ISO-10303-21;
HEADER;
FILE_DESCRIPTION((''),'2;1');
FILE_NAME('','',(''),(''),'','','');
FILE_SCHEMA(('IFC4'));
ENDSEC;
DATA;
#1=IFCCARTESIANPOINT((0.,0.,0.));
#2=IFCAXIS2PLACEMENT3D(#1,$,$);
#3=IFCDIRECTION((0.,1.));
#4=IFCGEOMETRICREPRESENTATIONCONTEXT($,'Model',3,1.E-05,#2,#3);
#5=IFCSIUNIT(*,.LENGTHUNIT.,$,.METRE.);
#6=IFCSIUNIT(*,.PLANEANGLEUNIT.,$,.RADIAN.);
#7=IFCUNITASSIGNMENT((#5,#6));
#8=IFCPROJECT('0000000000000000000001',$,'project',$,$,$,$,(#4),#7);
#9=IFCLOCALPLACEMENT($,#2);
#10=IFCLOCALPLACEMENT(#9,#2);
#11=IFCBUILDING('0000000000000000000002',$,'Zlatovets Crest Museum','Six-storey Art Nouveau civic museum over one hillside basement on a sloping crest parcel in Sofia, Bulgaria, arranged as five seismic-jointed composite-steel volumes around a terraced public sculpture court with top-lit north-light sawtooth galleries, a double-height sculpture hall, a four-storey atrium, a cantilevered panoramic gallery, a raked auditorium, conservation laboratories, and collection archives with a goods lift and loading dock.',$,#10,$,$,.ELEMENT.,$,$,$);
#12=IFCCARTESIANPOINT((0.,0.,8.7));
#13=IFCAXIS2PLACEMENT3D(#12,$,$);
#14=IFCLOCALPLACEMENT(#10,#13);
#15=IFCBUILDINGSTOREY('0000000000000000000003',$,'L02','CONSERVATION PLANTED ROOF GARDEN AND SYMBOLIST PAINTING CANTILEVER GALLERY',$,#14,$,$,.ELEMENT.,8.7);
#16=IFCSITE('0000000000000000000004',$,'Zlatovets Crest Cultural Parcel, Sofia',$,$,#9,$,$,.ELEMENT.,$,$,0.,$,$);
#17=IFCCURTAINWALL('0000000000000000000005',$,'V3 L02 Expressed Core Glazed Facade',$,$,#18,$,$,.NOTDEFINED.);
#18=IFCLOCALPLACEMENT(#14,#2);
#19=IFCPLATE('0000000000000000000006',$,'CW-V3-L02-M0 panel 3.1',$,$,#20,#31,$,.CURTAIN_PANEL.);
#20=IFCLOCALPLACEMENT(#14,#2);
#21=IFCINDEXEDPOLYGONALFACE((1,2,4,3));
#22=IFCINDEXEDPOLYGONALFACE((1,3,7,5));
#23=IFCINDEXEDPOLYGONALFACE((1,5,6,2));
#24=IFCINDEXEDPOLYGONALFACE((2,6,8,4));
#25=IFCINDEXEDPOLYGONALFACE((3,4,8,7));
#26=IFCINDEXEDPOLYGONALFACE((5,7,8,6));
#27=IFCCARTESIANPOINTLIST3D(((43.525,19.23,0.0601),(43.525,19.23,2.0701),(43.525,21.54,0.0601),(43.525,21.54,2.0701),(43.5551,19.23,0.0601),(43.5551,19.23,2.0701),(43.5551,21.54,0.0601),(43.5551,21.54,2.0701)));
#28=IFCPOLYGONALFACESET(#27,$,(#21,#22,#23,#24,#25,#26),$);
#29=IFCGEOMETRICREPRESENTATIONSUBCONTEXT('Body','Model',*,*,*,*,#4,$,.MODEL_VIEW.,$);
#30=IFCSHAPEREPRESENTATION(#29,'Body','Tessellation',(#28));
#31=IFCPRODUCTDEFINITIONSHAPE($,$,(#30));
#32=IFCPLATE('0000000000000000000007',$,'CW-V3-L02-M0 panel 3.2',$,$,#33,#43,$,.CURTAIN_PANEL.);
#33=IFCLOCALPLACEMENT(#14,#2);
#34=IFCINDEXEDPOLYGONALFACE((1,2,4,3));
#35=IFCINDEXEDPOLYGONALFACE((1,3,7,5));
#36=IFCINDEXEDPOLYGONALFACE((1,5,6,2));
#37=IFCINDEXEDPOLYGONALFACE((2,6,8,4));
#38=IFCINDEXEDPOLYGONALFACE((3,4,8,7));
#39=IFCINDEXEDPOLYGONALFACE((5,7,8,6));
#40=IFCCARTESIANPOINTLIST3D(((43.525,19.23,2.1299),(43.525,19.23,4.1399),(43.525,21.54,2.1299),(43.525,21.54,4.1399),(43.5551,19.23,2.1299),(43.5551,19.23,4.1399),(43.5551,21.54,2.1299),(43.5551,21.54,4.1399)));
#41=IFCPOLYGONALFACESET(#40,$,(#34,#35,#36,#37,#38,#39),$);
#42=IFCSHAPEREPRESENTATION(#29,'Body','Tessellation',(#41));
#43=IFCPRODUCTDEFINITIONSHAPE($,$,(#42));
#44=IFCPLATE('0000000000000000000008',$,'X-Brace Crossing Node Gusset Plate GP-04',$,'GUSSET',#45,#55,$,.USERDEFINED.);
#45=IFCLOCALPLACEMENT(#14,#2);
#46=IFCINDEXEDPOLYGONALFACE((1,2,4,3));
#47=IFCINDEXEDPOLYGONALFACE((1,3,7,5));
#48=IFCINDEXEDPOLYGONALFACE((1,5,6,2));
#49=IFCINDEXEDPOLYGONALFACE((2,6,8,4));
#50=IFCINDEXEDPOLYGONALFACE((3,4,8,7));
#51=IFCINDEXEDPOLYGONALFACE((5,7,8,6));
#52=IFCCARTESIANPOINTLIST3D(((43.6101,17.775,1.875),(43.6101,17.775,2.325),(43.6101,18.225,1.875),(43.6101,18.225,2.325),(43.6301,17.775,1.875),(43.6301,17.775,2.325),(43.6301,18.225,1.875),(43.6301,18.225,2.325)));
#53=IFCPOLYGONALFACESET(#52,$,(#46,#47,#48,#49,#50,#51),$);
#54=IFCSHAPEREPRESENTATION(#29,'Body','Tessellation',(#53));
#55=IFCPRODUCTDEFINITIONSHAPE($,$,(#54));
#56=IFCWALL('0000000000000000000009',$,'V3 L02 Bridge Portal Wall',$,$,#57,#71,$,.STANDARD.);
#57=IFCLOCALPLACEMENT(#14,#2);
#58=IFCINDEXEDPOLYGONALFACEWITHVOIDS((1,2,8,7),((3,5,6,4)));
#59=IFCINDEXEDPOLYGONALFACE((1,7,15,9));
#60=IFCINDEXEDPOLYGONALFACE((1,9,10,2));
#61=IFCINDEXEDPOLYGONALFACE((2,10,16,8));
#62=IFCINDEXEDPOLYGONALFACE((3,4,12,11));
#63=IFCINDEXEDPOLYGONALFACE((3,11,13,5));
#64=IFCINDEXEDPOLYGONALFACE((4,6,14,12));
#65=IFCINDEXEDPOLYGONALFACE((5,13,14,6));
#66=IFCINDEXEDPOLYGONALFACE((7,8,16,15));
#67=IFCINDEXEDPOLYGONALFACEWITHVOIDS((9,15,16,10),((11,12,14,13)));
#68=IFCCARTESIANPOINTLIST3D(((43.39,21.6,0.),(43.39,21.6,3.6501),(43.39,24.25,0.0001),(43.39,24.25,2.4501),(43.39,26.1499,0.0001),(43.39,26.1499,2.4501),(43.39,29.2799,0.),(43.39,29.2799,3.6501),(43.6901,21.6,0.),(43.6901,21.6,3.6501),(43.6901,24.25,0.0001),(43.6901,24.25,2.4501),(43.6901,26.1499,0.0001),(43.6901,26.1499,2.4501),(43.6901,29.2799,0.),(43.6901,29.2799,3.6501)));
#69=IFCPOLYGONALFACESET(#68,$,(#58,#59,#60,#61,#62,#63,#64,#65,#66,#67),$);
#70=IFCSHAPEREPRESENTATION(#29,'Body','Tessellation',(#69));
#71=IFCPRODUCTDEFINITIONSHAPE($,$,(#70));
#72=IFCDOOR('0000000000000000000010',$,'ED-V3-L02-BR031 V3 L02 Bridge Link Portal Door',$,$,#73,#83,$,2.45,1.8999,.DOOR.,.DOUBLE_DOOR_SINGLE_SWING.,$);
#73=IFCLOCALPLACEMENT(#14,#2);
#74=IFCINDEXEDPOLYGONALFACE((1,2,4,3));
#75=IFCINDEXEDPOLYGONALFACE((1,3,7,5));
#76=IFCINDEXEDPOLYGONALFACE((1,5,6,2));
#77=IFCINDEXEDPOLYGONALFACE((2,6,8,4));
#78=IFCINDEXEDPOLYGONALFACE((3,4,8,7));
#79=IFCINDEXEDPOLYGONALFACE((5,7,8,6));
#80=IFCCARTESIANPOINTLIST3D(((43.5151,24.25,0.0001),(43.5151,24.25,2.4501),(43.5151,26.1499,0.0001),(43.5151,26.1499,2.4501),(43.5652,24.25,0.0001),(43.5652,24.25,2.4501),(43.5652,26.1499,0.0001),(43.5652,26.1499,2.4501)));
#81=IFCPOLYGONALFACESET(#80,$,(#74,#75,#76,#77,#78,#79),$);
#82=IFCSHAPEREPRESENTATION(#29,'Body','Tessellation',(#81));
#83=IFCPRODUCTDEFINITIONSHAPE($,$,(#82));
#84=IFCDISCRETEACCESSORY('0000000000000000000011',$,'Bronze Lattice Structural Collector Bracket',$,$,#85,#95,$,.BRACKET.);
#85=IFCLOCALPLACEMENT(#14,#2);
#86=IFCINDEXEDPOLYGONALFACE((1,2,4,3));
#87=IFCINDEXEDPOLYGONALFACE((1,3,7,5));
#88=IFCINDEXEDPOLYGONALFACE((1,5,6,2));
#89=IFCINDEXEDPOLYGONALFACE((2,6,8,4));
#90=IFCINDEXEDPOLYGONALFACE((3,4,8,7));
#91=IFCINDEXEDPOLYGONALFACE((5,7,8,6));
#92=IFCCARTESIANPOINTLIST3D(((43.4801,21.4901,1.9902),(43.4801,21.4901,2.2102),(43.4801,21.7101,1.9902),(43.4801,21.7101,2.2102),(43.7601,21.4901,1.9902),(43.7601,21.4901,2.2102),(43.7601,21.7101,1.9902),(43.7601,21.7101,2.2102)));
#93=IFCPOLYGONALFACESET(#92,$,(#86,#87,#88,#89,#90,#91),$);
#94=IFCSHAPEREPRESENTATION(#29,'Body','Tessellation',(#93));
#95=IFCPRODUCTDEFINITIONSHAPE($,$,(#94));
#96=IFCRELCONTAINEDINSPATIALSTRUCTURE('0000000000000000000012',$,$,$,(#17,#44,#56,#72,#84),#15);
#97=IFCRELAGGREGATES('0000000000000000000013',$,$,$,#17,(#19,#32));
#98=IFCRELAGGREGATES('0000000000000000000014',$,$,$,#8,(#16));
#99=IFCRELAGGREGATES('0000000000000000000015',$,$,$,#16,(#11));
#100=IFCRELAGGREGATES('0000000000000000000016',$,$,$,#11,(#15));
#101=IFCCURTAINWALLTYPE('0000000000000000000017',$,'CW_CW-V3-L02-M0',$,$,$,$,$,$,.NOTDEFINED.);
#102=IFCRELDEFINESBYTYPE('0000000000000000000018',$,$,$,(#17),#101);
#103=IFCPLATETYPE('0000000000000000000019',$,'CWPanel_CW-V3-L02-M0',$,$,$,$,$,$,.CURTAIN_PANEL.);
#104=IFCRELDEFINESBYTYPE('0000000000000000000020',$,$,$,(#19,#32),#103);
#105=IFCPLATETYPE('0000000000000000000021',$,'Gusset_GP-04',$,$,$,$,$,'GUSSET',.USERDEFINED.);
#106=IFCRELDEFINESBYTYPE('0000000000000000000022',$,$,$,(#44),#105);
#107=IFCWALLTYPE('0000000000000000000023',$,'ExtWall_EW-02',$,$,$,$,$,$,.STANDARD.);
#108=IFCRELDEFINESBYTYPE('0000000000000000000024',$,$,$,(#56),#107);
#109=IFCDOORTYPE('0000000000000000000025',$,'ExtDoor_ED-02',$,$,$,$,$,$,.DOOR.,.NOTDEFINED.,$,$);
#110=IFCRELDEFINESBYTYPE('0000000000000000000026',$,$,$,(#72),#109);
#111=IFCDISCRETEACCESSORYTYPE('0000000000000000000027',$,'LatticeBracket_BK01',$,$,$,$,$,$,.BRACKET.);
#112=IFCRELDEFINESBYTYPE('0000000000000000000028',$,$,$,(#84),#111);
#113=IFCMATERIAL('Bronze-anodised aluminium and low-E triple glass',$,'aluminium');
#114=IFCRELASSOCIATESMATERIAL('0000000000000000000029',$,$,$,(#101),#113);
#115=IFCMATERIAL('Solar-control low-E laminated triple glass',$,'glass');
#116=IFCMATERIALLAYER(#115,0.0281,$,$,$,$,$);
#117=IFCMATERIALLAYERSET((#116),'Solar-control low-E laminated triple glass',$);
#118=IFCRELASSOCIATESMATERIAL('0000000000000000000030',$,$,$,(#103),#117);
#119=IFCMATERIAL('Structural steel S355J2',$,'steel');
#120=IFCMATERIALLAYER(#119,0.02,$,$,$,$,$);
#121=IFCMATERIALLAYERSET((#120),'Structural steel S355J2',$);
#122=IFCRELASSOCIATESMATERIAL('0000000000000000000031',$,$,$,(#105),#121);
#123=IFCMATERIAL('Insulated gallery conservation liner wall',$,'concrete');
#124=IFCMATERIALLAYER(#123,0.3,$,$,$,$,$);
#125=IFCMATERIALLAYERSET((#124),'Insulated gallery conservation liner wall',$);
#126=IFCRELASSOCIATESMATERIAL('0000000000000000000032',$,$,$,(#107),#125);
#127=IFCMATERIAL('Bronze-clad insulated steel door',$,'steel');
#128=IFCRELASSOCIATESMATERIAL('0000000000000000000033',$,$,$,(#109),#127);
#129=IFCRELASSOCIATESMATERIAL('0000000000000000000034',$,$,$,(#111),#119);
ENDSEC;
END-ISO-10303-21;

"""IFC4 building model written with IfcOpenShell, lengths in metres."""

from ifc_helpers import new_model, si_unit, direction, frame, frame_2d, origin, origin_2d, place, context, subcontext, project, spatial, rectangle, extrude, material, layer, layer_set, type_object, element, fill, aggregate, save


model = new_model("IFC4")

# Units and contexts
model_context = context("Model", 3, precision=1e-05, world=origin(), true_north=direction((0.0, 1.0)))
body_context = subcontext(model_context, "Body", "Model", "MODEL_VIEW")
ifc_project = project(units=[si_unit("LENGTHUNIT", "METRE"), si_unit("PLANEANGLEUNIT", "RADIAN")], contexts=[model_context])

# Site, building, storey
site_placement = place(None, origin())
site = spatial("IfcSite", under=ifc_project, at=site_placement, Name="Zlatovets Crest Cultural Parcel, Sofia", CompositionType="ELEMENT", RefElevation=0.0)
building_placement = place(site_placement, origin())
building = spatial("IfcBuilding", under=site, at=building_placement, Name="Zlatovets Crest Museum", Description="Six-storey Art Nouveau civic museum over one hillside basement on a sloping crest parcel in Sofia, Bulgaria, arranged as five seismic-jointed composite-steel volumes around a terraced public sculpture court with top-lit north-light sawtooth galleries, a double-height sculpture hall, a four-storey atrium, a cantilevered panoramic gallery, a raked auditorium, conservation laboratories, and collection archives with a goods lift and loading dock.", CompositionType="ELEMENT")
storey_placement = place(building_placement, frame((0.0, 0.0, 8.7)))
storey = spatial("IfcBuildingStorey", under=building, at=storey_placement, Name="L02", Description="CONSERVATION PLANTED ROOF GARDEN AND SYMBOLIST PAINTING CANTILEVER GALLERY", CompositionType="ELEMENT", Elevation=8.7)

# Shared definitions
ifc_material_1 = material(Name="Structural steel S355J2", Category="steel")

# Curtain wall
ifc_material_2 = material(Name="Bronze-anodised aluminium and low-E triple glass", Category="aluminium")
curtain_wall_type_1 = type_object("IfcCurtainWallType", Name="CW_CW-V3-L02-M0", PredefinedType="NOTDEFINED", material=ifc_material_2)
curtain_wall_1_placement = place(storey_placement, origin())
curtain_wall_1 = element("IfcCurtainWall", 1, at=curtain_wall_1_placement, inside=storey, type_object=curtain_wall_type_1, Name="V3 L02 Expressed Core Glazed Facade", PredefinedType="NOTDEFINED")

# Plates
ifc_material_3 = material(Name="Solar-control low-E laminated triple glass", Category="glass")
ifc_layer_1 = layer(ifc_material_3, 0.0281)
ifc_layer_set_1 = layer_set([ifc_layer_1], Name="Solar-control low-E laminated triple glass")
plate_type_1 = type_object("IfcPlateType", Name="CWPanel_CW-V3-L02-M0", PredefinedType="CURTAIN_PANEL", material=ifc_layer_set_1)
plate_1_placement = place(storey_placement, frame((43.54, 20.385, 0.0601), z_axis=(0.0, 0.0, 1.0), x_axis=(0.0, 1.0, 0.0)))
plate_1 = element("IfcPlate", 2, at=plate_1_placement, type_object=plate_type_1, Name="CW-V3-L02-M0 panel 3.1", PredefinedType="CURTAIN_PANEL", context=body_context, shape_type="SweptSolid", body=[
    extrude(rectangle(XDim=2.3101, YDim=0.03, at=origin_2d()), origin(), (0.0, 0.0, 1.0), 2.01),
])
plate_2_placement = place(storey_placement, frame((43.54, 20.385, 2.1299), z_axis=(0.0, 0.0, 1.0), x_axis=(0.0, 1.0, 0.0)))
plate_2 = element("IfcPlate", 3, at=plate_2_placement, type_object=plate_type_1, Name="CW-V3-L02-M0 panel 3.2", PredefinedType="CURTAIN_PANEL", context=body_context, shape_type="SweptSolid", body=[
    extrude(rectangle(XDim=2.3101, YDim=0.03, at=origin_2d()), origin(), (0.0, 0.0, 1.0), 2.01),
])
aggregate(curtain_wall_1, [plate_1, plate_2])
ifc_layer_2 = layer(ifc_material_1, 0.02)
ifc_layer_set_2 = layer_set([ifc_layer_2], Name="Structural steel S355J2")
plate_type_2 = type_object("IfcPlateType", Name="Gusset_GP-04", ElementType="GUSSET", PredefinedType="USERDEFINED", material=ifc_layer_set_2)
plate_3_placement = place(storey_placement, frame((43.6201, 18.0, 1.875), z_axis=(0.0, 0.0, 1.0), x_axis=(1.0, 0.0, 0.0)))
element("IfcPlate", 4, at=plate_3_placement, inside=storey, type_object=plate_type_2, Name="X-Brace Crossing Node Gusset Plate GP-04", ObjectType="GUSSET", PredefinedType="USERDEFINED", context=body_context, shape_type="SweptSolid", body=[
    extrude(rectangle(XDim=0.02, YDim=0.45, at=origin_2d()), origin(), (0.0, 0.0, 1.0), 0.45),
])

# Wall, opening, door
ifc_material_4 = material(Name="Insulated gallery conservation liner wall", Category="concrete")
ifc_layer_3 = layer(ifc_material_4, 0.3)
ifc_layer_set_3 = layer_set([ifc_layer_3], Name="Insulated gallery conservation liner wall")
wall_type = type_object("IfcWallType", Name="ExtWall_EW-02", PredefinedType="STANDARD", material=ifc_layer_set_3)
wall_placement = place(storey_placement, frame((43.54, 21.6001, 0.0), z_axis=(0.0, 0.0, 1.0), x_axis=(0.0, 1.0, 0.0)))
wall = element("IfcWall", 5, at=wall_placement, inside=storey, type_object=wall_type, Name="V3 L02 Bridge Portal Wall", PredefinedType="STANDARD", context=body_context, shape_type="SweptSolid", body=[
    extrude(rectangle(XDim=7.6799, YDim=0.3, at=frame_2d((3.8398, 0.0))), origin(), (0.0, 0.0, 1.0), 3.6501),
])
opening_placement = place(wall_placement, frame((2.6499, 0.0, 0.0)))
opening = element("IfcOpeningElement", 6, at=opening_placement, cuts=wall, PredefinedType="OPENING", context=body_context, shape_type="SweptSolid", body=[
    extrude(rectangle(XDim=1.8999, YDim=2.45, at=frame_2d((0.95, 1.2251))), frame((0.0, 0.1602, 0.0), z_axis=(0.0, -1.0, 0.0), x_axis=(1.0, 0.0, 0.0)), (0.0, 0.0, 1.0), 0.3201),
])
ifc_material_5 = material(Name="Bronze-clad insulated steel door", Category="steel")
door_type = type_object("IfcDoorType", Name="ExtDoor_ED-02", OperationType="NOTDEFINED", PredefinedType="DOOR", material=ifc_material_5)
door_placement = place(opening_placement, origin())
door = element("IfcDoor", 7, at=door_placement, inside=storey, type_object=door_type, Name="ED-V3-L02-BR031 V3 L02 Bridge Link Portal Door", OperationType="DOUBLE_DOOR_SINGLE_SWING", OverallHeight=2.45, OverallWidth=1.8999, PredefinedType="DOOR", context=body_context, shape_type="SweptSolid", body=[
    extrude(rectangle(XDim=1.8999, YDim=2.45, at=frame_2d((0.95, 1.2251))), frame((0.0, 0.0249, 0.0), z_axis=(0.0, -1.0, 0.0), x_axis=(1.0, 0.0, 0.0)), (0.0, 0.0, 1.0), 0.05),
])
fill(opening, door)

# Discrete accessory
discrete_accessory_type = type_object("IfcDiscreteAccessoryType", Name="LatticeBracket_BK01", PredefinedType="BRACKET", material=ifc_material_1)
discrete_accessory_placement = place(storey_placement, frame((43.6201, 21.6001, 1.9902), z_axis=(0.0, 0.0, 1.0), x_axis=(1.0, 0.0, 0.0)))
element("IfcDiscreteAccessory", 8, at=discrete_accessory_placement, inside=storey, type_object=discrete_accessory_type, Name="Bronze Lattice Structural Collector Bracket", PredefinedType="BRACKET", context=body_context, shape_type="SweptSolid", body=[
    extrude(rectangle(XDim=0.28, YDim=0.22, at=origin_2d()), origin(), (0.0, 0.0, 1.0), 0.22),
])

save(model, "model.ifc")
